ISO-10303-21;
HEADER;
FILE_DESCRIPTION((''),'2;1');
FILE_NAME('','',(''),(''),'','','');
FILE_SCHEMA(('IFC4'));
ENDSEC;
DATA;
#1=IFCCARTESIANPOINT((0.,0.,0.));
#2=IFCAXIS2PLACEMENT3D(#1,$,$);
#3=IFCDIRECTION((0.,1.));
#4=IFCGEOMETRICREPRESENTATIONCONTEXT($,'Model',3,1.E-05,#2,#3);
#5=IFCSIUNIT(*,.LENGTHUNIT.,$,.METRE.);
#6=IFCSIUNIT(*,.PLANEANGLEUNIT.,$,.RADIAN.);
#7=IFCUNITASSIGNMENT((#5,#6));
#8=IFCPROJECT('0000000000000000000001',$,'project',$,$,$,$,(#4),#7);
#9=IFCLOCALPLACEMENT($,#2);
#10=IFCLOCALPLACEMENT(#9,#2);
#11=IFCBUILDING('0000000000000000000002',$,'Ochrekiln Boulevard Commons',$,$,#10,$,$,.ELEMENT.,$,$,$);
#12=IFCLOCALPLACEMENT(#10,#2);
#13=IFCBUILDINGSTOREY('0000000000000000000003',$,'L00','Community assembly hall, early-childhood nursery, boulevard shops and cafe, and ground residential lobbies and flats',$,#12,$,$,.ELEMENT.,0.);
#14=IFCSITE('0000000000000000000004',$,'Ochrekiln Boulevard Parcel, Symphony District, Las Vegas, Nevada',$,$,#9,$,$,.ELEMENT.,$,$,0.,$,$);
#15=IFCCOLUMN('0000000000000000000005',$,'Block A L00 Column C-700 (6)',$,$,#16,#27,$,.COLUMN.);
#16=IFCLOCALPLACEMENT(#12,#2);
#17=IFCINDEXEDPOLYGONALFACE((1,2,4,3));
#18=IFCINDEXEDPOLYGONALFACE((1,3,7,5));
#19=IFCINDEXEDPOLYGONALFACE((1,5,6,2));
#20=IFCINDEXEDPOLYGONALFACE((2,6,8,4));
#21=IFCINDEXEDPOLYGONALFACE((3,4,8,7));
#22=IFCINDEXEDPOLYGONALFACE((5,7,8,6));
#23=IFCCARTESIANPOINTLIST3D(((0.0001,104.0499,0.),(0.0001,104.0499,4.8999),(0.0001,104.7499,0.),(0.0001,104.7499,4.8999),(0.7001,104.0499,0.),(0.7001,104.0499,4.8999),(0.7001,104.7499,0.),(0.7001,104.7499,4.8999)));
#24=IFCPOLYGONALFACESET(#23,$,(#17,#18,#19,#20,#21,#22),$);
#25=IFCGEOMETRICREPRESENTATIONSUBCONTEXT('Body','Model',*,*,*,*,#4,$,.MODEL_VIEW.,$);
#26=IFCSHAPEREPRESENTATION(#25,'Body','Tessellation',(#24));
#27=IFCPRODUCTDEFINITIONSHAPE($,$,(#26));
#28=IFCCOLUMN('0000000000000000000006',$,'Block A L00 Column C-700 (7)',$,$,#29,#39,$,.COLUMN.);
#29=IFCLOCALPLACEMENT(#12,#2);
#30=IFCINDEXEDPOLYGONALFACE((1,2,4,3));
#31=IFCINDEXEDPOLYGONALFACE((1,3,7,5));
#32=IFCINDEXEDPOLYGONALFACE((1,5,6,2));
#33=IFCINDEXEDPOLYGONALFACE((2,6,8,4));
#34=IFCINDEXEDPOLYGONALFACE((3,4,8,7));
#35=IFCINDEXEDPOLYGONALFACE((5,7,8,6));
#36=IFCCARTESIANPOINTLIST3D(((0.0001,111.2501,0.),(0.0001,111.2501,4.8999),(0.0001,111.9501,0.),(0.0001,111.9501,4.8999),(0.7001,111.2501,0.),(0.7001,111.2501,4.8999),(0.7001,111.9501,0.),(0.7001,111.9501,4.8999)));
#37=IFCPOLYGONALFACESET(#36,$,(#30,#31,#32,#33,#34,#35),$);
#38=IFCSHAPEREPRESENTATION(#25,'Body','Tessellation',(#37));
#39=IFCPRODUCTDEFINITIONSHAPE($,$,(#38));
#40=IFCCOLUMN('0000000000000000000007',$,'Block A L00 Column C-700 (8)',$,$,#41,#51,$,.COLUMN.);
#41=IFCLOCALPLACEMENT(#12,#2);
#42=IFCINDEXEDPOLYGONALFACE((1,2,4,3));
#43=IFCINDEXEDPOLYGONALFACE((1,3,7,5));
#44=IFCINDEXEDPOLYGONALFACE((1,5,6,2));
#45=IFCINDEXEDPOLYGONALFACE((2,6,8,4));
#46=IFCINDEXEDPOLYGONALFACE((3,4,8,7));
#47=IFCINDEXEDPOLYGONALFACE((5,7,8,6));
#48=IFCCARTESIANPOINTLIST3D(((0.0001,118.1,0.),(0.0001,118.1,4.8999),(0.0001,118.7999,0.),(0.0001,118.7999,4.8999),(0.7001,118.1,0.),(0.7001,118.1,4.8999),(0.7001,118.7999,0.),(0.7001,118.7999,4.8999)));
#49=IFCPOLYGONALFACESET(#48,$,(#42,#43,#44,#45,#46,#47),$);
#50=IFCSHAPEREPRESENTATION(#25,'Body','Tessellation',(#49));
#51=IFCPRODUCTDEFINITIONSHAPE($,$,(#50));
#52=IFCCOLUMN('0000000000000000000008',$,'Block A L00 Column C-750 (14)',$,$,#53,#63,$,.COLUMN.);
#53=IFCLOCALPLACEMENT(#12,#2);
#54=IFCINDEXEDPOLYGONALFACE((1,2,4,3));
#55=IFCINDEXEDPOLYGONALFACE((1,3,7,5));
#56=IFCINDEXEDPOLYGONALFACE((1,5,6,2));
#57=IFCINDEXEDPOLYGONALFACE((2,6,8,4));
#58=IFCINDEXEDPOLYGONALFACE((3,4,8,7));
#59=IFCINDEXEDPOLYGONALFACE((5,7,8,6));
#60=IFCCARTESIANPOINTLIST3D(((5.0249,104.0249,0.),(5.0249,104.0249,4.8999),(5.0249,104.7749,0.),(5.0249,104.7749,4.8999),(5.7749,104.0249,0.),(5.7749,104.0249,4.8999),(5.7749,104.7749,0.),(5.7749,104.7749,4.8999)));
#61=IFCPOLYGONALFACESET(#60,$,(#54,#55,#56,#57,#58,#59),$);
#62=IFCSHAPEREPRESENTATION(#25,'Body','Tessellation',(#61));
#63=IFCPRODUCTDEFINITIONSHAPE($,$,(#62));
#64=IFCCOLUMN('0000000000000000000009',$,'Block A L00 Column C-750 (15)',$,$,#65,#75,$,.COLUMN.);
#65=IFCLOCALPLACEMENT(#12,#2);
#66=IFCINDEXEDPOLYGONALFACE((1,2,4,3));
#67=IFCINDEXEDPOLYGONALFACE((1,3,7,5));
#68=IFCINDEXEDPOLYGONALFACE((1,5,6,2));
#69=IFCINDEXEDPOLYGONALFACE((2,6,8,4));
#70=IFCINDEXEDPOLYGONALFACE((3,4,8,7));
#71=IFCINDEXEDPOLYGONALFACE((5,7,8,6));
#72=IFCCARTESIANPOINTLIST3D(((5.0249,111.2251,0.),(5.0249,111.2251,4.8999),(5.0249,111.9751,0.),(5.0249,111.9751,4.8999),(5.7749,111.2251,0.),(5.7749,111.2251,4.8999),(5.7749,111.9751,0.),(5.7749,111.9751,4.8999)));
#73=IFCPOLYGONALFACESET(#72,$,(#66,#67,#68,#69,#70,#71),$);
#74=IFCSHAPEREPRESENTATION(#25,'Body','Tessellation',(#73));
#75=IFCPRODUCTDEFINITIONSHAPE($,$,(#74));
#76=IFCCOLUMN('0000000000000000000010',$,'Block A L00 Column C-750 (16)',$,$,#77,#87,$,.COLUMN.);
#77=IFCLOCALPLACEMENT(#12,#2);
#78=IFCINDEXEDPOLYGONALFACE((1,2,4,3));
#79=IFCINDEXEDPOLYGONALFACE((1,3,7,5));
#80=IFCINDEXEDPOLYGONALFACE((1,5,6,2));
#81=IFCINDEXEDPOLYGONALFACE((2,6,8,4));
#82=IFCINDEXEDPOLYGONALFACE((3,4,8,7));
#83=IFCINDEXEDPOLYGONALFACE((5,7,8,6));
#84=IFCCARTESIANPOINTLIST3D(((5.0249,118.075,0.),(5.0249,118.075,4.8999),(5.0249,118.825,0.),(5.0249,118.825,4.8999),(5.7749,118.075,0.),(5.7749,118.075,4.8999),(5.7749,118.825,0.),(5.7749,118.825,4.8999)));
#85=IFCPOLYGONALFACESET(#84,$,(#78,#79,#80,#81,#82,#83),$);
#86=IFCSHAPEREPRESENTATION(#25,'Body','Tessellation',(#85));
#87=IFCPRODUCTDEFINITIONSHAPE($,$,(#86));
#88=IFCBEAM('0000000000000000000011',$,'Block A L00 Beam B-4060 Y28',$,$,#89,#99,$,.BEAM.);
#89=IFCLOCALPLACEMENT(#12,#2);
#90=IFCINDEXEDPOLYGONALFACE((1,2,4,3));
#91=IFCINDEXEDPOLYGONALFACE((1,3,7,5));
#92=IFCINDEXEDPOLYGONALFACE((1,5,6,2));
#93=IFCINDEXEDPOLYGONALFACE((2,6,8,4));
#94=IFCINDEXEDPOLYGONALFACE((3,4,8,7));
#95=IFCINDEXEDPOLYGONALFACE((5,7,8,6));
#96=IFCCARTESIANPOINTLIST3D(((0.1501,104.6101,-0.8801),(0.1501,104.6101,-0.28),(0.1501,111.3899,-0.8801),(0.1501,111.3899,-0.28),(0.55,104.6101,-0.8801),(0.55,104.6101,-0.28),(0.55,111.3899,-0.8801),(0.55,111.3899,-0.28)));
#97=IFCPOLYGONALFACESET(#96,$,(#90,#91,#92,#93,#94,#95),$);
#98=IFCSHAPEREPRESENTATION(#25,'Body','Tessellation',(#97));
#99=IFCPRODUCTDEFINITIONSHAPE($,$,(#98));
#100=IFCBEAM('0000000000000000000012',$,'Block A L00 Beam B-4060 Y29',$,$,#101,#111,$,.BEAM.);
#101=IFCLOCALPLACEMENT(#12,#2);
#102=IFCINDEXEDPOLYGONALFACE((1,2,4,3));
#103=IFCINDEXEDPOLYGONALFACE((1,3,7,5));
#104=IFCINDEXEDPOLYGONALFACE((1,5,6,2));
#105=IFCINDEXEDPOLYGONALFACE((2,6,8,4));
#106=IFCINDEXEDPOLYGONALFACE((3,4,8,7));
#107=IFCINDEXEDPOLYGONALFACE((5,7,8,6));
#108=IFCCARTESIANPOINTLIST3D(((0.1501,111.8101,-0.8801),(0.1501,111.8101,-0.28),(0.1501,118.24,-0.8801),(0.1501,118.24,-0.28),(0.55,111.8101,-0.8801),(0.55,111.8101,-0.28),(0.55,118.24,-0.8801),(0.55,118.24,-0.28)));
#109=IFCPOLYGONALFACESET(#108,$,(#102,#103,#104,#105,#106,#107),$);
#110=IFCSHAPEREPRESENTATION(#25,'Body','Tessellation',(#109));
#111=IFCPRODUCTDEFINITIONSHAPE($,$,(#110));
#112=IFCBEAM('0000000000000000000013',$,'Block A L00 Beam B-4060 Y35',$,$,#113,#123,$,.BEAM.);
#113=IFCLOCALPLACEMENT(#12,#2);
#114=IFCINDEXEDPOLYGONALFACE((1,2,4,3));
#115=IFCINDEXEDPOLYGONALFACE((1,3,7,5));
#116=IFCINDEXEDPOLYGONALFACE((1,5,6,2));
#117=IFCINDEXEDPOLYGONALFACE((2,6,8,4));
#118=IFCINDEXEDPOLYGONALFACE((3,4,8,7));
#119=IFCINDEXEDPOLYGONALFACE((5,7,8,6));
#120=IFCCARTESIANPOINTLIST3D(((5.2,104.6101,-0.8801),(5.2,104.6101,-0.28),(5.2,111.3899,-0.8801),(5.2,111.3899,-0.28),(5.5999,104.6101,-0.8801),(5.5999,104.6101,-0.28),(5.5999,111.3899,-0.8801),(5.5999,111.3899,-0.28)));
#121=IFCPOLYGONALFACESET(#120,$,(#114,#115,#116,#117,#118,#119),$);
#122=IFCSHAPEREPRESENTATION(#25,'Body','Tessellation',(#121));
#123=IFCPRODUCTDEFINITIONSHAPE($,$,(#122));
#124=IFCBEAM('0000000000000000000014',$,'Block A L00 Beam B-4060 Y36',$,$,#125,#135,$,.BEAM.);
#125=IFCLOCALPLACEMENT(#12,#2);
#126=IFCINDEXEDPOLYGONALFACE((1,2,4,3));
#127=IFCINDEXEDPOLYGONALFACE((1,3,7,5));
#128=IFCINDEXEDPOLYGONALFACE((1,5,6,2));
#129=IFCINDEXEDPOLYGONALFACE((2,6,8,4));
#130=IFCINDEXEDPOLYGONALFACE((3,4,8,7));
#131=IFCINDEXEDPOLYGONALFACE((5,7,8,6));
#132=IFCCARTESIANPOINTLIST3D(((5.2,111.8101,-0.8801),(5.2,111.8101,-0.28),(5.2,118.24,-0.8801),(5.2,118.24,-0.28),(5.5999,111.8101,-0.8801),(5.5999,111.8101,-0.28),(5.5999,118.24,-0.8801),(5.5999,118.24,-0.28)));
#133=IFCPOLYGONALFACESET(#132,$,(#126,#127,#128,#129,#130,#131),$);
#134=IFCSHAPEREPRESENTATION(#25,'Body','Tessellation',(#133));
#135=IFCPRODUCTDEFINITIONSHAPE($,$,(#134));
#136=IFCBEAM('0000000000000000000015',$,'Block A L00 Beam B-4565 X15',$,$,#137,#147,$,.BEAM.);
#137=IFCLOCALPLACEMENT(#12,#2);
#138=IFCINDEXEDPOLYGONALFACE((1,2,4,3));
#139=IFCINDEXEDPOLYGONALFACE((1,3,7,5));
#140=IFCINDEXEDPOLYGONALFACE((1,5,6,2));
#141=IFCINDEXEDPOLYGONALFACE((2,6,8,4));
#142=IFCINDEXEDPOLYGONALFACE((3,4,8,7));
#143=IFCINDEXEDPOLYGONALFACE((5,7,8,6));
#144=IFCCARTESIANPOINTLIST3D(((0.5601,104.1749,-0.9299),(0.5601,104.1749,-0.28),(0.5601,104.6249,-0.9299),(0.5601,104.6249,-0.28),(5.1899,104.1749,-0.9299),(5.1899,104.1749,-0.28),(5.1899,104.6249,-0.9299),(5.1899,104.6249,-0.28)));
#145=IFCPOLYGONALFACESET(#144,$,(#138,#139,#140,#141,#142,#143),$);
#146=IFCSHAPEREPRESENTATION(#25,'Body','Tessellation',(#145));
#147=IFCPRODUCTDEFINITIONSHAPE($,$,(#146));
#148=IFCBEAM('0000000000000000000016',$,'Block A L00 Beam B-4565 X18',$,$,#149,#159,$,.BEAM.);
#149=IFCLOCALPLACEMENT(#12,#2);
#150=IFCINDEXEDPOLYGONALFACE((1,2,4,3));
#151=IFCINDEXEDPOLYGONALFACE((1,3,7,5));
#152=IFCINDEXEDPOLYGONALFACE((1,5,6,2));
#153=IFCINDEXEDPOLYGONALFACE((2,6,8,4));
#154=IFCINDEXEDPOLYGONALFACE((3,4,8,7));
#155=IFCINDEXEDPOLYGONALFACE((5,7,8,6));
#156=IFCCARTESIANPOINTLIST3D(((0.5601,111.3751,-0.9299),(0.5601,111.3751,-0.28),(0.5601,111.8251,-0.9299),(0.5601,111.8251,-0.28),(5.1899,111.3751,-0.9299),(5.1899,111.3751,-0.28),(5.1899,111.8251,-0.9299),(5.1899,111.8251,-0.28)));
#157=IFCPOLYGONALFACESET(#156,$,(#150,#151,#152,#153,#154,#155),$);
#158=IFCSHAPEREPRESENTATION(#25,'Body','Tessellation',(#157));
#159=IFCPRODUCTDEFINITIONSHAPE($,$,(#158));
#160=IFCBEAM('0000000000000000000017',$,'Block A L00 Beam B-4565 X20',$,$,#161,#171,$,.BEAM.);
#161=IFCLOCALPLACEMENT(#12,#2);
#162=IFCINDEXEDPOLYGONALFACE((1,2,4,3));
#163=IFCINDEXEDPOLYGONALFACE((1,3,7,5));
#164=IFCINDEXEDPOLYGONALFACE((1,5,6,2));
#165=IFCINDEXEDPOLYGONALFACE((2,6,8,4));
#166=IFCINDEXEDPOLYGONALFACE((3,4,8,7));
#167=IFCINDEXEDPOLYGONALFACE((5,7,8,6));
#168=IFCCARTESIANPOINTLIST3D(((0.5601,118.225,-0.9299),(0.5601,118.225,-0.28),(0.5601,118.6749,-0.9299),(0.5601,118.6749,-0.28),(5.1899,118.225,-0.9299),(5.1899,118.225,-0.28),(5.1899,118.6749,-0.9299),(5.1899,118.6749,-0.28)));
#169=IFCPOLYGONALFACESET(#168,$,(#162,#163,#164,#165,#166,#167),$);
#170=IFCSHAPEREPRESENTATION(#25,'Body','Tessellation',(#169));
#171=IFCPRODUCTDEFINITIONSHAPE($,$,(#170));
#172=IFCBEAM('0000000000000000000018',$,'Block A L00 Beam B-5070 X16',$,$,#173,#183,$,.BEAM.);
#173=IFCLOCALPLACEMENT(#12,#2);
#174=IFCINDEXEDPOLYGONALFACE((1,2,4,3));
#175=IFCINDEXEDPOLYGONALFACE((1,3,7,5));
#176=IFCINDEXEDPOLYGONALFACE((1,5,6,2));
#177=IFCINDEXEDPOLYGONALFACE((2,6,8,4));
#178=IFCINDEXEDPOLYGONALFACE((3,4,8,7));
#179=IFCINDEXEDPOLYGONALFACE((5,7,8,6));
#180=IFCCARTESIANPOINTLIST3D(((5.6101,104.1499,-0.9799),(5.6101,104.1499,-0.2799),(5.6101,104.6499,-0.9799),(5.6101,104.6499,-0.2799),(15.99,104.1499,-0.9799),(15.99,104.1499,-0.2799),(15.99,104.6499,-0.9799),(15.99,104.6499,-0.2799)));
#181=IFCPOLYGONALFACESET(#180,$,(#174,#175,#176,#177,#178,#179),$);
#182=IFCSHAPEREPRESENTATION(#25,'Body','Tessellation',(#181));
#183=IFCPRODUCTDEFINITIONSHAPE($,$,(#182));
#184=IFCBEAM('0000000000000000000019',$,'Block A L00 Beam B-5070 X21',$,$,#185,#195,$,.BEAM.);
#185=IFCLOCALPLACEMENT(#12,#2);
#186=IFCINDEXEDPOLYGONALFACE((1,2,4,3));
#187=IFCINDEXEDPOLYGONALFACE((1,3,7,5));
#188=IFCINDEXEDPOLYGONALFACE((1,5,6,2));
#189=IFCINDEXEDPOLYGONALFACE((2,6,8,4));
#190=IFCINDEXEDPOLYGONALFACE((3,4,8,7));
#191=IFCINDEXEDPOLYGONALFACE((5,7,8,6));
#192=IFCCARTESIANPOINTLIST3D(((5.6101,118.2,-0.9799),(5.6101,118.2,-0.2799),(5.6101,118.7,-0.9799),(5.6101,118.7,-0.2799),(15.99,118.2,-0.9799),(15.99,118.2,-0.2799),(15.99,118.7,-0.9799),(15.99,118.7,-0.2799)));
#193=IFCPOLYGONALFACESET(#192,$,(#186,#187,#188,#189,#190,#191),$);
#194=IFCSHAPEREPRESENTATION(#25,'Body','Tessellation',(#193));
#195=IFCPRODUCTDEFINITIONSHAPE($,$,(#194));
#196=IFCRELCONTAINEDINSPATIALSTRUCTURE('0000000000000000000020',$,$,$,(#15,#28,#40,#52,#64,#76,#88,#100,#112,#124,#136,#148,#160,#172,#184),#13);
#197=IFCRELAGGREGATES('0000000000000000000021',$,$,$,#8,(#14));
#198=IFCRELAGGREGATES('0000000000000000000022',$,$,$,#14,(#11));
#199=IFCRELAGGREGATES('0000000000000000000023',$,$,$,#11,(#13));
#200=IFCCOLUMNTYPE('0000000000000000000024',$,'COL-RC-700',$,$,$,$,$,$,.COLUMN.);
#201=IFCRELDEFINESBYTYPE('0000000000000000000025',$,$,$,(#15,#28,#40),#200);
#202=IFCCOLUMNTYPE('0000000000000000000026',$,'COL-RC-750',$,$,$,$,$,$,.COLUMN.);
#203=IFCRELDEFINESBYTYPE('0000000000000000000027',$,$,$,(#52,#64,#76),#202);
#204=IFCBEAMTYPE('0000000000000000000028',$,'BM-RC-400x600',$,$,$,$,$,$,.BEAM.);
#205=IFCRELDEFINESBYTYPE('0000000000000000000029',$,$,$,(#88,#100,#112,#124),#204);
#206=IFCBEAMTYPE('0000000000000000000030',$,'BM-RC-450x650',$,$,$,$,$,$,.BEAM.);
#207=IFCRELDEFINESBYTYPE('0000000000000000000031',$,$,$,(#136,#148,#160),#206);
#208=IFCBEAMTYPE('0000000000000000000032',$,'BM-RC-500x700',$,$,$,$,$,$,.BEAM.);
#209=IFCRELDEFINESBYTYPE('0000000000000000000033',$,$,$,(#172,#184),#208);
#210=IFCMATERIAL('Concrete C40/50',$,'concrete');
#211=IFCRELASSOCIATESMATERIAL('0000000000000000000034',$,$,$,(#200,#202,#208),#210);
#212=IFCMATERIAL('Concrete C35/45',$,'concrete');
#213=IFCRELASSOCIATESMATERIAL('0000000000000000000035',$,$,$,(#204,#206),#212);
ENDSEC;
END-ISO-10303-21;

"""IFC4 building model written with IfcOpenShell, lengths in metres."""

from ifc_helpers import new_model, si_unit, direction, frame, origin, origin_2d, place, context, subcontext, project, spatial, rectangle, extrude, material, material_profile, profile_set, type_object, element, save


model = new_model("IFC4")

# Units and contexts
model_context = context("Model", 3, precision=1e-05, world=origin(), true_north=direction((0.0, 1.0)))
body_context = subcontext(model_context, "Body", "Model", "MODEL_VIEW")
ifc_project = project(units=[si_unit("LENGTHUNIT", "METRE"), si_unit("PLANEANGLEUNIT", "RADIAN")], contexts=[model_context])

# Site, building, storey
site_placement = place(None, origin())
site = spatial("IfcSite", under=ifc_project, at=site_placement, Name="Ochrekiln Boulevard Parcel, Symphony District, Las Vegas, Nevada", CompositionType="ELEMENT", RefElevation=0.0)
building_placement = place(site_placement, origin())
building = spatial("IfcBuilding", under=site, at=building_placement, Name="Ochrekiln Boulevard Commons", CompositionType="ELEMENT")
storey_placement = place(building_placement, origin())
storey = spatial("IfcBuildingStorey", under=building, at=storey_placement, Name="L00", Description="Community assembly hall, early-childhood nursery, boulevard shops and cafe, and ground residential lobbies and flats", CompositionType="ELEMENT", Elevation=0.0)

# Columns
ifc_material_1 = material(Name="Concrete C40/50", Category="concrete")
ifc_material_profile_1 = material_profile(ifc_material_1, rectangle(XDim=0.7, YDim=0.7, at=origin_2d()), Name="RC-COL-700x700")
ifc_profile_set_1 = profile_set([ifc_material_profile_1], Name="Concrete C40/50")
column_type_1 = type_object("IfcColumnType", Name="COL-RC-700", PredefinedType="COLUMN", material=ifc_profile_set_1)
for number, where, z_axis, x_axis, name in (
    (1, (0.3501, 104.3999, 0.0), (0.0, 0.0, 1.0), (1.0, 0.0, 0.0), "Block A L00 Column C-700 (6)"),
    (2, (0.3501, 111.6001, 0.0), (0.0, 0.0, 1.0), (1.0, 0.0, 0.0), "Block A L00 Column C-700 (7)"),
    (3, (0.3501, 118.45, 0.0), (0.0, 0.0, 1.0), (1.0, 0.0, 0.0), "Block A L00 Column C-700 (8)"),
):
    element("IfcColumn", number, at=place(storey_placement, frame(where, z_axis=z_axis, x_axis=x_axis)), inside=storey, type_object=column_type_1, Name=name, PredefinedType="COLUMN", context=body_context, shape_type="SweptSolid", body=[
        extrude(rectangle(XDim=0.7, YDim=0.7, at=origin_2d()), origin(), (0.0, 0.0, 1.0), 4.8999),
    ])
ifc_material_profile_2 = material_profile(ifc_material_1, rectangle(XDim=0.75, YDim=0.75, at=origin_2d()), Name="RC-COL-750x750")
ifc_profile_set_2 = profile_set([ifc_material_profile_2], Name="Concrete C40/50")
column_type_2 = type_object("IfcColumnType", Name="COL-RC-750", PredefinedType="COLUMN", material=ifc_profile_set_2)
for number, where, z_axis, x_axis, name in (
    (4, (5.3999, 104.3999, 0.0), (0.0, 0.0, 1.0), (1.0, 0.0, 0.0), "Block A L00 Column C-750 (14)"),
    (5, (5.3999, 111.6001, 0.0), (0.0, 0.0, 1.0), (1.0, 0.0, 0.0), "Block A L00 Column C-750 (15)"),
    (6, (5.3999, 118.45, 0.0), (0.0, 0.0, 1.0), (1.0, 0.0, 0.0), "Block A L00 Column C-750 (16)"),
):
    element("IfcColumn", number, at=place(storey_placement, frame(where, z_axis=z_axis, x_axis=x_axis)), inside=storey, type_object=column_type_2, Name=name, PredefinedType="COLUMN", context=body_context, shape_type="SweptSolid", body=[
        extrude(rectangle(XDim=0.75, YDim=0.75, at=origin_2d()), origin(), (0.0, 0.0, 1.0), 4.8999),
    ])

# Beams
ifc_material_2 = material(Name="Concrete C35/45", Category="concrete")
ifc_material_profile_3 = material_profile(ifc_material_2, rectangle(XDim=0.3999, YDim=0.6001, at=origin_2d()), Name="RC-BM-400x600")
ifc_profile_set_3 = profile_set([ifc_material_profile_3], Name="Concrete C35/45")
beam_type_1 = type_object("IfcBeamType", Name="BM-RC-400x600", PredefinedType="BEAM", material=ifc_profile_set_3)
beam_1_placement = place(storey_placement, frame((0.3501, 104.6101, -0.5801), z_axis=(0.0, 1.0, 0.0), x_axis=(-1.0, 0.0, 0.0)))
element("IfcBeam", 7, at=beam_1_placement, inside=storey, type_object=beam_type_1, Name="Block A L00 Beam B-4060 Y28", PredefinedType="BEAM", context=body_context, shape_type="SweptSolid", body=[
    extrude(rectangle(XDim=0.3999, YDim=0.6001, at=origin_2d()), origin(), (0.0, 0.0, 1.0), 6.7798),
])
beam_2_placement = place(storey_placement, frame((0.3501, 111.8101, -0.5801), z_axis=(0.0, 1.0, 0.0), x_axis=(-1.0, 0.0, 0.0)))
element("IfcBeam", 8, at=beam_2_placement, inside=storey, type_object=beam_type_1, Name="Block A L00 Beam B-4060 Y29", PredefinedType="BEAM", context=body_context, shape_type="SweptSolid", body=[
    extrude(rectangle(XDim=0.3999, YDim=0.6001, at=origin_2d()), origin(), (0.0, 0.0, 1.0), 6.4299),
])
beam_3_placement = place(storey_placement, frame((5.3999, 104.6101, -0.5801), z_axis=(0.0, 1.0, 0.0), x_axis=(-1.0, 0.0, 0.0)))
element("IfcBeam", 9, at=beam_3_placement, inside=storey, type_object=beam_type_1, Name="Block A L00 Beam B-4060 Y35", PredefinedType="BEAM", context=body_context, shape_type="SweptSolid", body=[
    extrude(rectangle(XDim=0.3999, YDim=0.6001, at=origin_2d()), origin(), (0.0, 0.0, 1.0), 6.7798),
])
beam_4_placement = place(storey_placement, frame((5.3999, 111.8101, -0.5801), z_axis=(0.0, 1.0, 0.0), x_axis=(-1.0, 0.0, 0.0)))
element("IfcBeam", 10, at=beam_4_placement, inside=storey, type_object=beam_type_1, Name="Block A L00 Beam B-4060 Y36", PredefinedType="BEAM", context=body_context, shape_type="SweptSolid", body=[
    extrude(rectangle(XDim=0.3999, YDim=0.6001, at=origin_2d()), origin(), (0.0, 0.0, 1.0), 6.4299),
])
ifc_material_profile_4 = material_profile(ifc_material_2, rectangle(XDim=0.45, YDim=0.6499, at=origin_2d()), Name="RC-BM-450x650")
ifc_profile_set_4 = profile_set([ifc_material_profile_4], Name="Concrete C35/45")
beam_type_2 = type_object("IfcBeamType", Name="BM-RC-450x650", PredefinedType="BEAM", material=ifc_profile_set_4)
for number, where, z_axis, x_axis, name in (
    (11, (0.5601, 104.3999, -0.605), (1.0, 0.0, 0.0), (0.0, 1.0, 0.0), "Block A L00 Beam B-4565 X15"),
    (12, (0.5601, 111.6001, -0.605), (1.0, 0.0, 0.0), (0.0, 1.0, 0.0), "Block A L00 Beam B-4565 X18"),
    (13, (0.5601, 118.45, -0.605), (1.0, 0.0, 0.0), (0.0, 1.0, 0.0), "Block A L00 Beam B-4565 X20"),
):
    element("IfcBeam", number, at=place(storey_placement, frame(where, z_axis=z_axis, x_axis=x_axis)), inside=storey, type_object=beam_type_2, Name=name, PredefinedType="BEAM", context=body_context, shape_type="SweptSolid", body=[
        extrude(rectangle(XDim=0.45, YDim=0.6499, at=origin_2d()), origin(), (0.0, 0.0, 1.0), 4.6299),
    ])
ifc_material_profile_5 = material_profile(ifc_material_1, rectangle(XDim=0.5, YDim=0.7, at=origin_2d()), Name="RC-BM-500x700")
ifc_profile_set_5 = profile_set([ifc_material_profile_5], Name="Concrete C40/50")
beam_type_3 = type_object("IfcBeamType", Name="BM-RC-500x700", PredefinedType="BEAM", material=ifc_profile_set_5)
for number, where, z_axis, x_axis, name in (
    (14, (5.6101, 104.3999, -0.6299), (1.0, 0.0, 0.0), (0.0, 1.0, 0.0), "Block A L00 Beam B-5070 X16"),
    (15, (5.6101, 118.45, -0.6299), (1.0, 0.0, 0.0), (0.0, 1.0, 0.0), "Block A L00 Beam B-5070 X21"),
):
    element("IfcBeam", number, at=place(storey_placement, frame(where, z_axis=z_axis, x_axis=x_axis)), inside=storey, type_object=beam_type_3, Name=name, PredefinedType="BEAM", context=body_context, shape_type="SweptSolid", body=[
        extrude(rectangle(XDim=0.5, YDim=0.7, at=origin_2d()), origin(), (0.0, 0.0, 1.0), 10.3799),
    ])

save(model, "model.ifc")
